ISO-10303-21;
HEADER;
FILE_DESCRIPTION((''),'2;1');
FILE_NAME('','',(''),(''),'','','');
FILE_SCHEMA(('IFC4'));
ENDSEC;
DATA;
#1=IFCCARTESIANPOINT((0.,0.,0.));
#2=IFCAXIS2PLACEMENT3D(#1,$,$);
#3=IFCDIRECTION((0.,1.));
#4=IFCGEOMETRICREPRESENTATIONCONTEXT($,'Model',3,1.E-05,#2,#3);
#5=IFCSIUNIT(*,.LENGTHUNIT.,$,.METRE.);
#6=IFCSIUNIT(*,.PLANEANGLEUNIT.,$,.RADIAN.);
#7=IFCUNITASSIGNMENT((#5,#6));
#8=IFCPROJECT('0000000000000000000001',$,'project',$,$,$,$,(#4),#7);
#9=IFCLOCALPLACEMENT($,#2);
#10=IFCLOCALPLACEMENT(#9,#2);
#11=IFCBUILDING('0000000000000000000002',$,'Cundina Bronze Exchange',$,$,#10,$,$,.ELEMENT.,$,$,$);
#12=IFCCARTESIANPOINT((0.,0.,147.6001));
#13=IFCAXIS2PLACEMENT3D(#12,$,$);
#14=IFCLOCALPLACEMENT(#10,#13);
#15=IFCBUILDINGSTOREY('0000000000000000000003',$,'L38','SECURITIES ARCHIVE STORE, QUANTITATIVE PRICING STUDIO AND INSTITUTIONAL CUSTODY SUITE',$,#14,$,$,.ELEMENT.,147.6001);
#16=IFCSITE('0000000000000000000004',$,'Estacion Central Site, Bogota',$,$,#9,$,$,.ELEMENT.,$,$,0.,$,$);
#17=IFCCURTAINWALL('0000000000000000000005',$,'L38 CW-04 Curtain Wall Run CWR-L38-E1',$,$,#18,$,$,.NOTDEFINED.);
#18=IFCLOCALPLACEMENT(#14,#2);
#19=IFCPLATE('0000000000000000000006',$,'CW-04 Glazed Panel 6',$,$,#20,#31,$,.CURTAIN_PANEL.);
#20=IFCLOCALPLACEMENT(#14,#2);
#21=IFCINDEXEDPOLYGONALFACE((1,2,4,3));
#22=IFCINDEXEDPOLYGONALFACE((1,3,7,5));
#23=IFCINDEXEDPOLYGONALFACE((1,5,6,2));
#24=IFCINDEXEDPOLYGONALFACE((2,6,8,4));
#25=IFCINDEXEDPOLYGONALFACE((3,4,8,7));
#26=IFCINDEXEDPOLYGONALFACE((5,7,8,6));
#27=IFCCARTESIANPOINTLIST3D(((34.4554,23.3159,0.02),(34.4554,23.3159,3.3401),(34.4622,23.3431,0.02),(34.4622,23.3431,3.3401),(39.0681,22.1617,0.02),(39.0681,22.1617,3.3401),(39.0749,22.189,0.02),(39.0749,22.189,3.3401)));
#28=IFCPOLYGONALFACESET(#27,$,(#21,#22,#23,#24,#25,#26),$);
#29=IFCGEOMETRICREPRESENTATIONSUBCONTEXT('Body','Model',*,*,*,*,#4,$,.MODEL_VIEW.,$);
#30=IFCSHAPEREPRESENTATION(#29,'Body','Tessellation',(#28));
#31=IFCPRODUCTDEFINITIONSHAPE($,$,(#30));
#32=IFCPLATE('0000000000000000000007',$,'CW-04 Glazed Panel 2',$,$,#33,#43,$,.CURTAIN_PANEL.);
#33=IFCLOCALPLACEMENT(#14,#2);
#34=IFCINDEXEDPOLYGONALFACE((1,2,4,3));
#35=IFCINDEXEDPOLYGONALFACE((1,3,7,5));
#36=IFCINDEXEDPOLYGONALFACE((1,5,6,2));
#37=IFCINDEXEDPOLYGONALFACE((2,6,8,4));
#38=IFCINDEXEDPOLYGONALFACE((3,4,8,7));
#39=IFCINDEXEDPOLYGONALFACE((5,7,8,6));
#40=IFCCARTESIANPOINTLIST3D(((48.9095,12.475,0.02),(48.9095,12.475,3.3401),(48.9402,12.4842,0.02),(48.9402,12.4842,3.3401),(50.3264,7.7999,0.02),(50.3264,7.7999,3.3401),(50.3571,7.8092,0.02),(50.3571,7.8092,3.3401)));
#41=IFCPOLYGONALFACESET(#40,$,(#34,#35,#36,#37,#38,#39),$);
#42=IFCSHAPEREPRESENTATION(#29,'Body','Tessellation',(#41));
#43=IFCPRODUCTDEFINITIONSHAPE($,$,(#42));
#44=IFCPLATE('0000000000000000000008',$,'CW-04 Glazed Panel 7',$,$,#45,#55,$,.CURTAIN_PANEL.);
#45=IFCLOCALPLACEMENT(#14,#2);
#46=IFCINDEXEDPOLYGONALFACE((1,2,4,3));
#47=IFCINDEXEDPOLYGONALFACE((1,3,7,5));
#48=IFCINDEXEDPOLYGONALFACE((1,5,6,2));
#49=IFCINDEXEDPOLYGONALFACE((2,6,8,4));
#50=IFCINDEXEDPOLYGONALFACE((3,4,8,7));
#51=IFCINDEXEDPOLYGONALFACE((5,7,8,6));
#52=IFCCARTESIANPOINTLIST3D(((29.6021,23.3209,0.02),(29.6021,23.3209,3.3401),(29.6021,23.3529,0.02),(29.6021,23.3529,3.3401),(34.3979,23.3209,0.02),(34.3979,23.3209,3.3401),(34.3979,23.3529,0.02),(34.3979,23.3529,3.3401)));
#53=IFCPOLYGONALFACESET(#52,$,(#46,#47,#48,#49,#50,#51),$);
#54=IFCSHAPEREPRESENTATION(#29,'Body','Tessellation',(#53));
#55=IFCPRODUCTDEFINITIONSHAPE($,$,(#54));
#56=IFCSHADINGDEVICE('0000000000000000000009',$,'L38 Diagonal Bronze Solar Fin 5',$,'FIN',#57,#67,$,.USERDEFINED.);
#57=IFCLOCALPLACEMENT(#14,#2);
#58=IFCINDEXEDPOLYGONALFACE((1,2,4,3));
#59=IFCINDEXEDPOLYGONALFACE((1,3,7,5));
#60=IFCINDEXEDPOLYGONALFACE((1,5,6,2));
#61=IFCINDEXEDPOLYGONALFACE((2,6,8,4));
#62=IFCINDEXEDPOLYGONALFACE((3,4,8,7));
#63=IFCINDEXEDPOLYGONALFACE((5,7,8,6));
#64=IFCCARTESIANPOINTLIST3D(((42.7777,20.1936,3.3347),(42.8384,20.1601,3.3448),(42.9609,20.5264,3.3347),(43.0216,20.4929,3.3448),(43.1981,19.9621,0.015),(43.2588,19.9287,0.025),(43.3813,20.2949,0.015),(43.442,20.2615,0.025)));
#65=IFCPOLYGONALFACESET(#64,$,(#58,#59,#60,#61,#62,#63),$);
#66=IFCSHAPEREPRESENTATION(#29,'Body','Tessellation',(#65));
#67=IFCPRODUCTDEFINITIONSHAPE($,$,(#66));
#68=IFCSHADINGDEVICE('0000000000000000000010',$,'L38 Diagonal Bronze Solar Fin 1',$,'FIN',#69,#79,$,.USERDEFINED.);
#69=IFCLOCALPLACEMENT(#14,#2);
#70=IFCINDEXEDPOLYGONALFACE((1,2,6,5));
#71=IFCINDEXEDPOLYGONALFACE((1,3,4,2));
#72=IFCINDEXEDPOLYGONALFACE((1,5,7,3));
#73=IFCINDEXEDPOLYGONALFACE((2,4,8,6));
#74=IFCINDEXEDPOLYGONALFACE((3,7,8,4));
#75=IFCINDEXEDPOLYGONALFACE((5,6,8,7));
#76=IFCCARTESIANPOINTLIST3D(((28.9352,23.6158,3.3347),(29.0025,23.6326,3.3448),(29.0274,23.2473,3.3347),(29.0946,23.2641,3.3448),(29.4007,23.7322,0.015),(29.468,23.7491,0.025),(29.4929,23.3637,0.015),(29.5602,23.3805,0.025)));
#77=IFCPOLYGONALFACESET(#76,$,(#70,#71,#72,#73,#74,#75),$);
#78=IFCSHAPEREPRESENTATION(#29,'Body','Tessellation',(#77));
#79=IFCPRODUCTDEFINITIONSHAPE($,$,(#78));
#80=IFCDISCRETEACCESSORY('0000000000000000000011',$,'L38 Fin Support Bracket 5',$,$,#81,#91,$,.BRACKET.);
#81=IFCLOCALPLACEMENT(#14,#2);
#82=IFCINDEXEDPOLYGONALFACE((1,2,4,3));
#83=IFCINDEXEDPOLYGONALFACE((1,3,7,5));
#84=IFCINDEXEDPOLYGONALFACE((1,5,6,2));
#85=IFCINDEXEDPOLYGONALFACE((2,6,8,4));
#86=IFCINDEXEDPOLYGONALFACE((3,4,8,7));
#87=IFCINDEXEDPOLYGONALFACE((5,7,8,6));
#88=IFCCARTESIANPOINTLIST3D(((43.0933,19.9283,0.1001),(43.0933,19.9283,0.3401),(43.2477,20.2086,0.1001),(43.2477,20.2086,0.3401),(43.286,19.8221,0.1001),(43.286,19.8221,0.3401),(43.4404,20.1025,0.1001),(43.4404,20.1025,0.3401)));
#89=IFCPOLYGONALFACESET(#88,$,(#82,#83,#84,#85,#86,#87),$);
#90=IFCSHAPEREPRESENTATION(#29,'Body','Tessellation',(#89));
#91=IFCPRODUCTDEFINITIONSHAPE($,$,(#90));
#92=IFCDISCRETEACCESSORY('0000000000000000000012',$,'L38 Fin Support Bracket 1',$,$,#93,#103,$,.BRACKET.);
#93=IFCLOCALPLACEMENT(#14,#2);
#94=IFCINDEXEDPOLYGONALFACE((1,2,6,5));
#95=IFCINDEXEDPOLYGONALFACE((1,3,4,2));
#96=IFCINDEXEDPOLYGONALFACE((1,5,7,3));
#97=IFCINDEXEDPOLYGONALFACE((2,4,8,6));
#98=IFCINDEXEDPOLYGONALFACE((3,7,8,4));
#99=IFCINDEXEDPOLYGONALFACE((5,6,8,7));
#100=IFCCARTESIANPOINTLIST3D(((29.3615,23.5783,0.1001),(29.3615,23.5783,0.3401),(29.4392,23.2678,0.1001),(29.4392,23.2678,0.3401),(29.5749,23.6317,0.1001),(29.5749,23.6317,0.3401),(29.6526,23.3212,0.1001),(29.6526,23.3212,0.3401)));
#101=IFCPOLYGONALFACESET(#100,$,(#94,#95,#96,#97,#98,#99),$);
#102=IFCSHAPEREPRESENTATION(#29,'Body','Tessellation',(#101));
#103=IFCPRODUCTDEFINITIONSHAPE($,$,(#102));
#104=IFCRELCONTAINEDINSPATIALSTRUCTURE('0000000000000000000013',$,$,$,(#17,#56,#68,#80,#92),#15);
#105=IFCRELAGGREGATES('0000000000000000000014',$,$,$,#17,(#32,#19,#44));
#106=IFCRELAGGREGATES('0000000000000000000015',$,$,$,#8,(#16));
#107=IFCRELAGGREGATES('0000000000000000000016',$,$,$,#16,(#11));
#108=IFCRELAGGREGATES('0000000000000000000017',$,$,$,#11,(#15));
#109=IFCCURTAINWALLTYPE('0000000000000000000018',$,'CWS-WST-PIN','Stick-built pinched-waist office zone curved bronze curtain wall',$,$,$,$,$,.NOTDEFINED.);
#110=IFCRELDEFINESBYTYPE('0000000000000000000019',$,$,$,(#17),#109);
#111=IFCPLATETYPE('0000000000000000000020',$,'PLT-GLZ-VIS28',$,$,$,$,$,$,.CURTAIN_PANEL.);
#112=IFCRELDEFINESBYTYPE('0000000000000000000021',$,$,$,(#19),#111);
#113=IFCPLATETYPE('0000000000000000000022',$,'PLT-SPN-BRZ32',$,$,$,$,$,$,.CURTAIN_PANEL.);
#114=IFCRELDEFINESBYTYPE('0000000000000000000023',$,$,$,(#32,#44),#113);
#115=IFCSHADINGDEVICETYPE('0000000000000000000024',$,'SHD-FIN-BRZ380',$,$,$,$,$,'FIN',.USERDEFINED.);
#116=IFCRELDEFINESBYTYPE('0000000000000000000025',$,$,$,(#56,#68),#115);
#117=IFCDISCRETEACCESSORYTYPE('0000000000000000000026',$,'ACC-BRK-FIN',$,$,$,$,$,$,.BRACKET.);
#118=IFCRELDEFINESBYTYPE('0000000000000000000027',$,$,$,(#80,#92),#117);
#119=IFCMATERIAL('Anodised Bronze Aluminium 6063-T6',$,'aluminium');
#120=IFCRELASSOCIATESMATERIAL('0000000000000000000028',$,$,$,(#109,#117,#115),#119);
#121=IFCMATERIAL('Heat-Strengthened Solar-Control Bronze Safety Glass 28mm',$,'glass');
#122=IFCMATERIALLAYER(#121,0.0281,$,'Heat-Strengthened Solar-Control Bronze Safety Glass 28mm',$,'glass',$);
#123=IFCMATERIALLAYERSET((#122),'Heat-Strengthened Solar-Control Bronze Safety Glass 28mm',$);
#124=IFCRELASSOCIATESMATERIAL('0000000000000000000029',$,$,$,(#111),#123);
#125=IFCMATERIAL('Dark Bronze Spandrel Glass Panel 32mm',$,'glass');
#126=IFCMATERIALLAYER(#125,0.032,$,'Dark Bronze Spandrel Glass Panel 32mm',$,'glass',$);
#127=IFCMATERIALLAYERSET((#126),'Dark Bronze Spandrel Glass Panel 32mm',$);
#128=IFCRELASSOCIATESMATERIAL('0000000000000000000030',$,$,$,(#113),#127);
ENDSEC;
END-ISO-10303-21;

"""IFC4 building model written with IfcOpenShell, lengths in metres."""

from ifc_helpers import new_model, si_unit, direction, frame, origin, origin_2d, place, context, subcontext, project, spatial, rectangle, extrude, material, layer, layer_set, material_profile, profile_set, type_object, element, aggregate, save


model = new_model("IFC4")

# Units and contexts
model_context = context("Model", 3, precision=1e-05, world=origin(), true_north=direction((0.0, 1.0)))
body_context = subcontext(model_context, "Body", "Model", "MODEL_VIEW")
ifc_project = project(units=[si_unit("LENGTHUNIT", "METRE"), si_unit("PLANEANGLEUNIT", "RADIAN")], contexts=[model_context])

# Site, building, storey
site_placement = place(None, origin())
site = spatial("IfcSite", under=ifc_project, at=site_placement, Name="Estacion Central Site, Bogota", CompositionType="ELEMENT", RefElevation=0.0)
building_placement = place(site_placement, origin())
building = spatial("IfcBuilding", under=site, at=building_placement, Name="Cundina Bronze Exchange", CompositionType="ELEMENT")
storey_placement = place(building_placement, frame((0.0, 0.0, 147.6001)))
storey = spatial("IfcBuildingStorey", under=building, at=storey_placement, Name="L38", Description="SECURITIES ARCHIVE STORE, QUANTITATIVE PRICING STUDIO AND INSTITUTIONAL CUSTODY SUITE", CompositionType="ELEMENT", Elevation=147.6001)

# Curtain wall
ifc_material_1 = material(Name="Anodised Bronze Aluminium 6063-T6", Category="aluminium")
curtain_wall_type = type_object("IfcCurtainWallType", Name="CWS-WST-PIN", Description="Stick-built pinched-waist office zone curved bronze curtain wall", PredefinedType="NOTDEFINED", material=ifc_material_1)
curtain_wall_1_placement = place(storey_placement, origin())
curtain_wall_1 = element("IfcCurtainWall", 1, at=curtain_wall_1_placement, inside=storey, type_object=curtain_wall_type, Name="L38 CW-04 Curtain Wall Run CWR-L38-E1", PredefinedType="NOTDEFINED")

# Plates
ifc_material_2 = material(Name="Heat-Strengthened Solar-Control Bronze Safety Glass 28mm", Category="glass")
ifc_layer_1 = layer(ifc_material_2, 0.0281, Name="Heat-Strengthened Solar-Control Bronze Safety Glass 28mm", Category="glass")
ifc_layer_set_1 = layer_set([ifc_layer_1], Name="Heat-Strengthened Solar-Control Bronze Safety Glass 28mm")
plate_type_1 = type_object("IfcPlateType", Name="PLT-GLZ-VIS28", PredefinedType="CURTAIN_PANEL", material=ifc_layer_set_1)
plate_1_placement = place(storey_placement, frame((36.7651, 22.7524, 0.02), z_axis=(0.0, 0.0, 1.0), x_axis=(-0.970093, 0.242735, 0.0)))
plate_1 = element("IfcPlate", 2, at=plate_1_placement, type_object=plate_type_1, Name="CW-04 Glazed Panel 6", PredefinedType="CURTAIN_PANEL", context=body_context, shape_type="SweptSolid", body=[
    extrude(rectangle(XDim=4.7549, YDim=0.0281, at=origin_2d()), origin(), (0.0, 0.0, 1.0), 3.3201),
])
ifc_material_3 = material(Name="Dark Bronze Spandrel Glass Panel 32mm", Category="glass")
ifc_layer_2 = layer(ifc_material_3, 0.032, Name="Dark Bronze Spandrel Glass Panel 32mm", Category="glass")
ifc_layer_set_2 = layer_set([ifc_layer_2], Name="Dark Bronze Spandrel Glass Panel 32mm")
plate_type_2 = type_object("IfcPlateType", Name="PLT-SPN-BRZ32", PredefinedType="CURTAIN_PANEL", material=ifc_layer_set_2)
plate_2_placement = place(storey_placement, frame((49.6333, 10.1421, 0.02), z_axis=(0.0, 0.0, 1.0), x_axis=(-0.290051, 0.957011, 0.0)))
plate_2 = element("IfcPlate", 3, at=plate_2_placement, type_object=plate_type_2, Name="CW-04 Glazed Panel 2", PredefinedType="CURTAIN_PANEL", context=body_context, shape_type="SweptSolid", body=[
    extrude(rectangle(XDim=4.885, YDim=0.032, at=origin_2d()), origin(), (0.0, 0.0, 1.0), 3.3201),
])
plate_3_placement = place(storey_placement, frame((32.0, 23.3369, 0.02), z_axis=(0.0, 0.0, 1.0), x_axis=(-1.0, 0.0, 0.0)))
plate_3 = element("IfcPlate", 4, at=plate_3_placement, type_object=plate_type_2, Name="CW-04 Glazed Panel 7", PredefinedType="CURTAIN_PANEL", context=body_context, shape_type="SweptSolid", body=[
    extrude(rectangle(XDim=4.7959, YDim=0.032, at=origin_2d()), origin(), (0.0, 0.0, 1.0), 3.3201),
])
aggregate(curtain_wall_1, [plate_2, plate_1, plate_3])

# Shading devices
ifc_material_profile_1 = material_profile(ifc_material_1, rectangle(XDim=0.0701, YDim=0.3799, at=origin_2d()), Name="FIN70X380", Category="aluminium")
ifc_profile_set_1 = profile_set([ifc_material_profile_1], Name="Anodised Bronze Aluminium 6063-T6")
shading_device_type = type_object("IfcShadingDeviceType", Name="SHD-FIN-BRZ380", ElementType="FIN", PredefinedType="USERDEFINED", material=ifc_profile_set_1)
for number, where, z_axis, x_axis, name in (
    (5, (43.3201, 20.1118, 0.02), (-0.125333, 0.068999, 0.989712), (0.86701, -0.477309, 0.143071), "L38 Diagonal Bronze Solar Fin 5"),
    (6, (29.4805, 23.5564, 0.02), (-0.138798, -0.034718, 0.989712), (0.960132, 0.240159, 0.143075), "L38 Diagonal Bronze Solar Fin 1"),
):
    element("IfcShadingDevice", number, at=place(storey_placement, frame(where, z_axis=z_axis, x_axis=x_axis)), inside=storey, type_object=shading_device_type, Name=name, ObjectType="FIN", PredefinedType="USERDEFINED", context=body_context, shape_type="SweptSolid", body=[
        extrude(rectangle(XDim=0.0701, YDim=0.3799, at=origin_2d()), origin(), (0.0, 0.0, 1.0), 3.3542),
    ])

# Discrete accessories
discrete_accessory_type = type_object("IfcDiscreteAccessoryType", Name="ACC-BRK-FIN", PredefinedType="BRACKET", material=ifc_material_1)
for number, where, z_axis, x_axis, name in (
    (7, (43.2668, 20.0154, 0.1001), (0.0, 0.0, 1.0), (-0.875869, 0.482549, 0.0), "L38 Fin Support Bracket 5"),
    (8, (29.5071, 23.4497, 0.1001), (0.0, 0.0, 1.0), (-0.970093, -0.242735, 0.0), "L38 Fin Support Bracket 1"),
):
    element("IfcDiscreteAccessory", number, at=place(storey_placement, frame(where, z_axis=z_axis, x_axis=x_axis)), inside=storey, type_object=discrete_accessory_type, Name=name, PredefinedType="BRACKET", context=body_context, shape_type="SweptSolid", body=[
        extrude(rectangle(XDim=0.22, YDim=0.3201, at=origin_2d()), origin(), (0.0, 0.0, 1.0), 0.24),
    ])

save(model, "model.ifc")
